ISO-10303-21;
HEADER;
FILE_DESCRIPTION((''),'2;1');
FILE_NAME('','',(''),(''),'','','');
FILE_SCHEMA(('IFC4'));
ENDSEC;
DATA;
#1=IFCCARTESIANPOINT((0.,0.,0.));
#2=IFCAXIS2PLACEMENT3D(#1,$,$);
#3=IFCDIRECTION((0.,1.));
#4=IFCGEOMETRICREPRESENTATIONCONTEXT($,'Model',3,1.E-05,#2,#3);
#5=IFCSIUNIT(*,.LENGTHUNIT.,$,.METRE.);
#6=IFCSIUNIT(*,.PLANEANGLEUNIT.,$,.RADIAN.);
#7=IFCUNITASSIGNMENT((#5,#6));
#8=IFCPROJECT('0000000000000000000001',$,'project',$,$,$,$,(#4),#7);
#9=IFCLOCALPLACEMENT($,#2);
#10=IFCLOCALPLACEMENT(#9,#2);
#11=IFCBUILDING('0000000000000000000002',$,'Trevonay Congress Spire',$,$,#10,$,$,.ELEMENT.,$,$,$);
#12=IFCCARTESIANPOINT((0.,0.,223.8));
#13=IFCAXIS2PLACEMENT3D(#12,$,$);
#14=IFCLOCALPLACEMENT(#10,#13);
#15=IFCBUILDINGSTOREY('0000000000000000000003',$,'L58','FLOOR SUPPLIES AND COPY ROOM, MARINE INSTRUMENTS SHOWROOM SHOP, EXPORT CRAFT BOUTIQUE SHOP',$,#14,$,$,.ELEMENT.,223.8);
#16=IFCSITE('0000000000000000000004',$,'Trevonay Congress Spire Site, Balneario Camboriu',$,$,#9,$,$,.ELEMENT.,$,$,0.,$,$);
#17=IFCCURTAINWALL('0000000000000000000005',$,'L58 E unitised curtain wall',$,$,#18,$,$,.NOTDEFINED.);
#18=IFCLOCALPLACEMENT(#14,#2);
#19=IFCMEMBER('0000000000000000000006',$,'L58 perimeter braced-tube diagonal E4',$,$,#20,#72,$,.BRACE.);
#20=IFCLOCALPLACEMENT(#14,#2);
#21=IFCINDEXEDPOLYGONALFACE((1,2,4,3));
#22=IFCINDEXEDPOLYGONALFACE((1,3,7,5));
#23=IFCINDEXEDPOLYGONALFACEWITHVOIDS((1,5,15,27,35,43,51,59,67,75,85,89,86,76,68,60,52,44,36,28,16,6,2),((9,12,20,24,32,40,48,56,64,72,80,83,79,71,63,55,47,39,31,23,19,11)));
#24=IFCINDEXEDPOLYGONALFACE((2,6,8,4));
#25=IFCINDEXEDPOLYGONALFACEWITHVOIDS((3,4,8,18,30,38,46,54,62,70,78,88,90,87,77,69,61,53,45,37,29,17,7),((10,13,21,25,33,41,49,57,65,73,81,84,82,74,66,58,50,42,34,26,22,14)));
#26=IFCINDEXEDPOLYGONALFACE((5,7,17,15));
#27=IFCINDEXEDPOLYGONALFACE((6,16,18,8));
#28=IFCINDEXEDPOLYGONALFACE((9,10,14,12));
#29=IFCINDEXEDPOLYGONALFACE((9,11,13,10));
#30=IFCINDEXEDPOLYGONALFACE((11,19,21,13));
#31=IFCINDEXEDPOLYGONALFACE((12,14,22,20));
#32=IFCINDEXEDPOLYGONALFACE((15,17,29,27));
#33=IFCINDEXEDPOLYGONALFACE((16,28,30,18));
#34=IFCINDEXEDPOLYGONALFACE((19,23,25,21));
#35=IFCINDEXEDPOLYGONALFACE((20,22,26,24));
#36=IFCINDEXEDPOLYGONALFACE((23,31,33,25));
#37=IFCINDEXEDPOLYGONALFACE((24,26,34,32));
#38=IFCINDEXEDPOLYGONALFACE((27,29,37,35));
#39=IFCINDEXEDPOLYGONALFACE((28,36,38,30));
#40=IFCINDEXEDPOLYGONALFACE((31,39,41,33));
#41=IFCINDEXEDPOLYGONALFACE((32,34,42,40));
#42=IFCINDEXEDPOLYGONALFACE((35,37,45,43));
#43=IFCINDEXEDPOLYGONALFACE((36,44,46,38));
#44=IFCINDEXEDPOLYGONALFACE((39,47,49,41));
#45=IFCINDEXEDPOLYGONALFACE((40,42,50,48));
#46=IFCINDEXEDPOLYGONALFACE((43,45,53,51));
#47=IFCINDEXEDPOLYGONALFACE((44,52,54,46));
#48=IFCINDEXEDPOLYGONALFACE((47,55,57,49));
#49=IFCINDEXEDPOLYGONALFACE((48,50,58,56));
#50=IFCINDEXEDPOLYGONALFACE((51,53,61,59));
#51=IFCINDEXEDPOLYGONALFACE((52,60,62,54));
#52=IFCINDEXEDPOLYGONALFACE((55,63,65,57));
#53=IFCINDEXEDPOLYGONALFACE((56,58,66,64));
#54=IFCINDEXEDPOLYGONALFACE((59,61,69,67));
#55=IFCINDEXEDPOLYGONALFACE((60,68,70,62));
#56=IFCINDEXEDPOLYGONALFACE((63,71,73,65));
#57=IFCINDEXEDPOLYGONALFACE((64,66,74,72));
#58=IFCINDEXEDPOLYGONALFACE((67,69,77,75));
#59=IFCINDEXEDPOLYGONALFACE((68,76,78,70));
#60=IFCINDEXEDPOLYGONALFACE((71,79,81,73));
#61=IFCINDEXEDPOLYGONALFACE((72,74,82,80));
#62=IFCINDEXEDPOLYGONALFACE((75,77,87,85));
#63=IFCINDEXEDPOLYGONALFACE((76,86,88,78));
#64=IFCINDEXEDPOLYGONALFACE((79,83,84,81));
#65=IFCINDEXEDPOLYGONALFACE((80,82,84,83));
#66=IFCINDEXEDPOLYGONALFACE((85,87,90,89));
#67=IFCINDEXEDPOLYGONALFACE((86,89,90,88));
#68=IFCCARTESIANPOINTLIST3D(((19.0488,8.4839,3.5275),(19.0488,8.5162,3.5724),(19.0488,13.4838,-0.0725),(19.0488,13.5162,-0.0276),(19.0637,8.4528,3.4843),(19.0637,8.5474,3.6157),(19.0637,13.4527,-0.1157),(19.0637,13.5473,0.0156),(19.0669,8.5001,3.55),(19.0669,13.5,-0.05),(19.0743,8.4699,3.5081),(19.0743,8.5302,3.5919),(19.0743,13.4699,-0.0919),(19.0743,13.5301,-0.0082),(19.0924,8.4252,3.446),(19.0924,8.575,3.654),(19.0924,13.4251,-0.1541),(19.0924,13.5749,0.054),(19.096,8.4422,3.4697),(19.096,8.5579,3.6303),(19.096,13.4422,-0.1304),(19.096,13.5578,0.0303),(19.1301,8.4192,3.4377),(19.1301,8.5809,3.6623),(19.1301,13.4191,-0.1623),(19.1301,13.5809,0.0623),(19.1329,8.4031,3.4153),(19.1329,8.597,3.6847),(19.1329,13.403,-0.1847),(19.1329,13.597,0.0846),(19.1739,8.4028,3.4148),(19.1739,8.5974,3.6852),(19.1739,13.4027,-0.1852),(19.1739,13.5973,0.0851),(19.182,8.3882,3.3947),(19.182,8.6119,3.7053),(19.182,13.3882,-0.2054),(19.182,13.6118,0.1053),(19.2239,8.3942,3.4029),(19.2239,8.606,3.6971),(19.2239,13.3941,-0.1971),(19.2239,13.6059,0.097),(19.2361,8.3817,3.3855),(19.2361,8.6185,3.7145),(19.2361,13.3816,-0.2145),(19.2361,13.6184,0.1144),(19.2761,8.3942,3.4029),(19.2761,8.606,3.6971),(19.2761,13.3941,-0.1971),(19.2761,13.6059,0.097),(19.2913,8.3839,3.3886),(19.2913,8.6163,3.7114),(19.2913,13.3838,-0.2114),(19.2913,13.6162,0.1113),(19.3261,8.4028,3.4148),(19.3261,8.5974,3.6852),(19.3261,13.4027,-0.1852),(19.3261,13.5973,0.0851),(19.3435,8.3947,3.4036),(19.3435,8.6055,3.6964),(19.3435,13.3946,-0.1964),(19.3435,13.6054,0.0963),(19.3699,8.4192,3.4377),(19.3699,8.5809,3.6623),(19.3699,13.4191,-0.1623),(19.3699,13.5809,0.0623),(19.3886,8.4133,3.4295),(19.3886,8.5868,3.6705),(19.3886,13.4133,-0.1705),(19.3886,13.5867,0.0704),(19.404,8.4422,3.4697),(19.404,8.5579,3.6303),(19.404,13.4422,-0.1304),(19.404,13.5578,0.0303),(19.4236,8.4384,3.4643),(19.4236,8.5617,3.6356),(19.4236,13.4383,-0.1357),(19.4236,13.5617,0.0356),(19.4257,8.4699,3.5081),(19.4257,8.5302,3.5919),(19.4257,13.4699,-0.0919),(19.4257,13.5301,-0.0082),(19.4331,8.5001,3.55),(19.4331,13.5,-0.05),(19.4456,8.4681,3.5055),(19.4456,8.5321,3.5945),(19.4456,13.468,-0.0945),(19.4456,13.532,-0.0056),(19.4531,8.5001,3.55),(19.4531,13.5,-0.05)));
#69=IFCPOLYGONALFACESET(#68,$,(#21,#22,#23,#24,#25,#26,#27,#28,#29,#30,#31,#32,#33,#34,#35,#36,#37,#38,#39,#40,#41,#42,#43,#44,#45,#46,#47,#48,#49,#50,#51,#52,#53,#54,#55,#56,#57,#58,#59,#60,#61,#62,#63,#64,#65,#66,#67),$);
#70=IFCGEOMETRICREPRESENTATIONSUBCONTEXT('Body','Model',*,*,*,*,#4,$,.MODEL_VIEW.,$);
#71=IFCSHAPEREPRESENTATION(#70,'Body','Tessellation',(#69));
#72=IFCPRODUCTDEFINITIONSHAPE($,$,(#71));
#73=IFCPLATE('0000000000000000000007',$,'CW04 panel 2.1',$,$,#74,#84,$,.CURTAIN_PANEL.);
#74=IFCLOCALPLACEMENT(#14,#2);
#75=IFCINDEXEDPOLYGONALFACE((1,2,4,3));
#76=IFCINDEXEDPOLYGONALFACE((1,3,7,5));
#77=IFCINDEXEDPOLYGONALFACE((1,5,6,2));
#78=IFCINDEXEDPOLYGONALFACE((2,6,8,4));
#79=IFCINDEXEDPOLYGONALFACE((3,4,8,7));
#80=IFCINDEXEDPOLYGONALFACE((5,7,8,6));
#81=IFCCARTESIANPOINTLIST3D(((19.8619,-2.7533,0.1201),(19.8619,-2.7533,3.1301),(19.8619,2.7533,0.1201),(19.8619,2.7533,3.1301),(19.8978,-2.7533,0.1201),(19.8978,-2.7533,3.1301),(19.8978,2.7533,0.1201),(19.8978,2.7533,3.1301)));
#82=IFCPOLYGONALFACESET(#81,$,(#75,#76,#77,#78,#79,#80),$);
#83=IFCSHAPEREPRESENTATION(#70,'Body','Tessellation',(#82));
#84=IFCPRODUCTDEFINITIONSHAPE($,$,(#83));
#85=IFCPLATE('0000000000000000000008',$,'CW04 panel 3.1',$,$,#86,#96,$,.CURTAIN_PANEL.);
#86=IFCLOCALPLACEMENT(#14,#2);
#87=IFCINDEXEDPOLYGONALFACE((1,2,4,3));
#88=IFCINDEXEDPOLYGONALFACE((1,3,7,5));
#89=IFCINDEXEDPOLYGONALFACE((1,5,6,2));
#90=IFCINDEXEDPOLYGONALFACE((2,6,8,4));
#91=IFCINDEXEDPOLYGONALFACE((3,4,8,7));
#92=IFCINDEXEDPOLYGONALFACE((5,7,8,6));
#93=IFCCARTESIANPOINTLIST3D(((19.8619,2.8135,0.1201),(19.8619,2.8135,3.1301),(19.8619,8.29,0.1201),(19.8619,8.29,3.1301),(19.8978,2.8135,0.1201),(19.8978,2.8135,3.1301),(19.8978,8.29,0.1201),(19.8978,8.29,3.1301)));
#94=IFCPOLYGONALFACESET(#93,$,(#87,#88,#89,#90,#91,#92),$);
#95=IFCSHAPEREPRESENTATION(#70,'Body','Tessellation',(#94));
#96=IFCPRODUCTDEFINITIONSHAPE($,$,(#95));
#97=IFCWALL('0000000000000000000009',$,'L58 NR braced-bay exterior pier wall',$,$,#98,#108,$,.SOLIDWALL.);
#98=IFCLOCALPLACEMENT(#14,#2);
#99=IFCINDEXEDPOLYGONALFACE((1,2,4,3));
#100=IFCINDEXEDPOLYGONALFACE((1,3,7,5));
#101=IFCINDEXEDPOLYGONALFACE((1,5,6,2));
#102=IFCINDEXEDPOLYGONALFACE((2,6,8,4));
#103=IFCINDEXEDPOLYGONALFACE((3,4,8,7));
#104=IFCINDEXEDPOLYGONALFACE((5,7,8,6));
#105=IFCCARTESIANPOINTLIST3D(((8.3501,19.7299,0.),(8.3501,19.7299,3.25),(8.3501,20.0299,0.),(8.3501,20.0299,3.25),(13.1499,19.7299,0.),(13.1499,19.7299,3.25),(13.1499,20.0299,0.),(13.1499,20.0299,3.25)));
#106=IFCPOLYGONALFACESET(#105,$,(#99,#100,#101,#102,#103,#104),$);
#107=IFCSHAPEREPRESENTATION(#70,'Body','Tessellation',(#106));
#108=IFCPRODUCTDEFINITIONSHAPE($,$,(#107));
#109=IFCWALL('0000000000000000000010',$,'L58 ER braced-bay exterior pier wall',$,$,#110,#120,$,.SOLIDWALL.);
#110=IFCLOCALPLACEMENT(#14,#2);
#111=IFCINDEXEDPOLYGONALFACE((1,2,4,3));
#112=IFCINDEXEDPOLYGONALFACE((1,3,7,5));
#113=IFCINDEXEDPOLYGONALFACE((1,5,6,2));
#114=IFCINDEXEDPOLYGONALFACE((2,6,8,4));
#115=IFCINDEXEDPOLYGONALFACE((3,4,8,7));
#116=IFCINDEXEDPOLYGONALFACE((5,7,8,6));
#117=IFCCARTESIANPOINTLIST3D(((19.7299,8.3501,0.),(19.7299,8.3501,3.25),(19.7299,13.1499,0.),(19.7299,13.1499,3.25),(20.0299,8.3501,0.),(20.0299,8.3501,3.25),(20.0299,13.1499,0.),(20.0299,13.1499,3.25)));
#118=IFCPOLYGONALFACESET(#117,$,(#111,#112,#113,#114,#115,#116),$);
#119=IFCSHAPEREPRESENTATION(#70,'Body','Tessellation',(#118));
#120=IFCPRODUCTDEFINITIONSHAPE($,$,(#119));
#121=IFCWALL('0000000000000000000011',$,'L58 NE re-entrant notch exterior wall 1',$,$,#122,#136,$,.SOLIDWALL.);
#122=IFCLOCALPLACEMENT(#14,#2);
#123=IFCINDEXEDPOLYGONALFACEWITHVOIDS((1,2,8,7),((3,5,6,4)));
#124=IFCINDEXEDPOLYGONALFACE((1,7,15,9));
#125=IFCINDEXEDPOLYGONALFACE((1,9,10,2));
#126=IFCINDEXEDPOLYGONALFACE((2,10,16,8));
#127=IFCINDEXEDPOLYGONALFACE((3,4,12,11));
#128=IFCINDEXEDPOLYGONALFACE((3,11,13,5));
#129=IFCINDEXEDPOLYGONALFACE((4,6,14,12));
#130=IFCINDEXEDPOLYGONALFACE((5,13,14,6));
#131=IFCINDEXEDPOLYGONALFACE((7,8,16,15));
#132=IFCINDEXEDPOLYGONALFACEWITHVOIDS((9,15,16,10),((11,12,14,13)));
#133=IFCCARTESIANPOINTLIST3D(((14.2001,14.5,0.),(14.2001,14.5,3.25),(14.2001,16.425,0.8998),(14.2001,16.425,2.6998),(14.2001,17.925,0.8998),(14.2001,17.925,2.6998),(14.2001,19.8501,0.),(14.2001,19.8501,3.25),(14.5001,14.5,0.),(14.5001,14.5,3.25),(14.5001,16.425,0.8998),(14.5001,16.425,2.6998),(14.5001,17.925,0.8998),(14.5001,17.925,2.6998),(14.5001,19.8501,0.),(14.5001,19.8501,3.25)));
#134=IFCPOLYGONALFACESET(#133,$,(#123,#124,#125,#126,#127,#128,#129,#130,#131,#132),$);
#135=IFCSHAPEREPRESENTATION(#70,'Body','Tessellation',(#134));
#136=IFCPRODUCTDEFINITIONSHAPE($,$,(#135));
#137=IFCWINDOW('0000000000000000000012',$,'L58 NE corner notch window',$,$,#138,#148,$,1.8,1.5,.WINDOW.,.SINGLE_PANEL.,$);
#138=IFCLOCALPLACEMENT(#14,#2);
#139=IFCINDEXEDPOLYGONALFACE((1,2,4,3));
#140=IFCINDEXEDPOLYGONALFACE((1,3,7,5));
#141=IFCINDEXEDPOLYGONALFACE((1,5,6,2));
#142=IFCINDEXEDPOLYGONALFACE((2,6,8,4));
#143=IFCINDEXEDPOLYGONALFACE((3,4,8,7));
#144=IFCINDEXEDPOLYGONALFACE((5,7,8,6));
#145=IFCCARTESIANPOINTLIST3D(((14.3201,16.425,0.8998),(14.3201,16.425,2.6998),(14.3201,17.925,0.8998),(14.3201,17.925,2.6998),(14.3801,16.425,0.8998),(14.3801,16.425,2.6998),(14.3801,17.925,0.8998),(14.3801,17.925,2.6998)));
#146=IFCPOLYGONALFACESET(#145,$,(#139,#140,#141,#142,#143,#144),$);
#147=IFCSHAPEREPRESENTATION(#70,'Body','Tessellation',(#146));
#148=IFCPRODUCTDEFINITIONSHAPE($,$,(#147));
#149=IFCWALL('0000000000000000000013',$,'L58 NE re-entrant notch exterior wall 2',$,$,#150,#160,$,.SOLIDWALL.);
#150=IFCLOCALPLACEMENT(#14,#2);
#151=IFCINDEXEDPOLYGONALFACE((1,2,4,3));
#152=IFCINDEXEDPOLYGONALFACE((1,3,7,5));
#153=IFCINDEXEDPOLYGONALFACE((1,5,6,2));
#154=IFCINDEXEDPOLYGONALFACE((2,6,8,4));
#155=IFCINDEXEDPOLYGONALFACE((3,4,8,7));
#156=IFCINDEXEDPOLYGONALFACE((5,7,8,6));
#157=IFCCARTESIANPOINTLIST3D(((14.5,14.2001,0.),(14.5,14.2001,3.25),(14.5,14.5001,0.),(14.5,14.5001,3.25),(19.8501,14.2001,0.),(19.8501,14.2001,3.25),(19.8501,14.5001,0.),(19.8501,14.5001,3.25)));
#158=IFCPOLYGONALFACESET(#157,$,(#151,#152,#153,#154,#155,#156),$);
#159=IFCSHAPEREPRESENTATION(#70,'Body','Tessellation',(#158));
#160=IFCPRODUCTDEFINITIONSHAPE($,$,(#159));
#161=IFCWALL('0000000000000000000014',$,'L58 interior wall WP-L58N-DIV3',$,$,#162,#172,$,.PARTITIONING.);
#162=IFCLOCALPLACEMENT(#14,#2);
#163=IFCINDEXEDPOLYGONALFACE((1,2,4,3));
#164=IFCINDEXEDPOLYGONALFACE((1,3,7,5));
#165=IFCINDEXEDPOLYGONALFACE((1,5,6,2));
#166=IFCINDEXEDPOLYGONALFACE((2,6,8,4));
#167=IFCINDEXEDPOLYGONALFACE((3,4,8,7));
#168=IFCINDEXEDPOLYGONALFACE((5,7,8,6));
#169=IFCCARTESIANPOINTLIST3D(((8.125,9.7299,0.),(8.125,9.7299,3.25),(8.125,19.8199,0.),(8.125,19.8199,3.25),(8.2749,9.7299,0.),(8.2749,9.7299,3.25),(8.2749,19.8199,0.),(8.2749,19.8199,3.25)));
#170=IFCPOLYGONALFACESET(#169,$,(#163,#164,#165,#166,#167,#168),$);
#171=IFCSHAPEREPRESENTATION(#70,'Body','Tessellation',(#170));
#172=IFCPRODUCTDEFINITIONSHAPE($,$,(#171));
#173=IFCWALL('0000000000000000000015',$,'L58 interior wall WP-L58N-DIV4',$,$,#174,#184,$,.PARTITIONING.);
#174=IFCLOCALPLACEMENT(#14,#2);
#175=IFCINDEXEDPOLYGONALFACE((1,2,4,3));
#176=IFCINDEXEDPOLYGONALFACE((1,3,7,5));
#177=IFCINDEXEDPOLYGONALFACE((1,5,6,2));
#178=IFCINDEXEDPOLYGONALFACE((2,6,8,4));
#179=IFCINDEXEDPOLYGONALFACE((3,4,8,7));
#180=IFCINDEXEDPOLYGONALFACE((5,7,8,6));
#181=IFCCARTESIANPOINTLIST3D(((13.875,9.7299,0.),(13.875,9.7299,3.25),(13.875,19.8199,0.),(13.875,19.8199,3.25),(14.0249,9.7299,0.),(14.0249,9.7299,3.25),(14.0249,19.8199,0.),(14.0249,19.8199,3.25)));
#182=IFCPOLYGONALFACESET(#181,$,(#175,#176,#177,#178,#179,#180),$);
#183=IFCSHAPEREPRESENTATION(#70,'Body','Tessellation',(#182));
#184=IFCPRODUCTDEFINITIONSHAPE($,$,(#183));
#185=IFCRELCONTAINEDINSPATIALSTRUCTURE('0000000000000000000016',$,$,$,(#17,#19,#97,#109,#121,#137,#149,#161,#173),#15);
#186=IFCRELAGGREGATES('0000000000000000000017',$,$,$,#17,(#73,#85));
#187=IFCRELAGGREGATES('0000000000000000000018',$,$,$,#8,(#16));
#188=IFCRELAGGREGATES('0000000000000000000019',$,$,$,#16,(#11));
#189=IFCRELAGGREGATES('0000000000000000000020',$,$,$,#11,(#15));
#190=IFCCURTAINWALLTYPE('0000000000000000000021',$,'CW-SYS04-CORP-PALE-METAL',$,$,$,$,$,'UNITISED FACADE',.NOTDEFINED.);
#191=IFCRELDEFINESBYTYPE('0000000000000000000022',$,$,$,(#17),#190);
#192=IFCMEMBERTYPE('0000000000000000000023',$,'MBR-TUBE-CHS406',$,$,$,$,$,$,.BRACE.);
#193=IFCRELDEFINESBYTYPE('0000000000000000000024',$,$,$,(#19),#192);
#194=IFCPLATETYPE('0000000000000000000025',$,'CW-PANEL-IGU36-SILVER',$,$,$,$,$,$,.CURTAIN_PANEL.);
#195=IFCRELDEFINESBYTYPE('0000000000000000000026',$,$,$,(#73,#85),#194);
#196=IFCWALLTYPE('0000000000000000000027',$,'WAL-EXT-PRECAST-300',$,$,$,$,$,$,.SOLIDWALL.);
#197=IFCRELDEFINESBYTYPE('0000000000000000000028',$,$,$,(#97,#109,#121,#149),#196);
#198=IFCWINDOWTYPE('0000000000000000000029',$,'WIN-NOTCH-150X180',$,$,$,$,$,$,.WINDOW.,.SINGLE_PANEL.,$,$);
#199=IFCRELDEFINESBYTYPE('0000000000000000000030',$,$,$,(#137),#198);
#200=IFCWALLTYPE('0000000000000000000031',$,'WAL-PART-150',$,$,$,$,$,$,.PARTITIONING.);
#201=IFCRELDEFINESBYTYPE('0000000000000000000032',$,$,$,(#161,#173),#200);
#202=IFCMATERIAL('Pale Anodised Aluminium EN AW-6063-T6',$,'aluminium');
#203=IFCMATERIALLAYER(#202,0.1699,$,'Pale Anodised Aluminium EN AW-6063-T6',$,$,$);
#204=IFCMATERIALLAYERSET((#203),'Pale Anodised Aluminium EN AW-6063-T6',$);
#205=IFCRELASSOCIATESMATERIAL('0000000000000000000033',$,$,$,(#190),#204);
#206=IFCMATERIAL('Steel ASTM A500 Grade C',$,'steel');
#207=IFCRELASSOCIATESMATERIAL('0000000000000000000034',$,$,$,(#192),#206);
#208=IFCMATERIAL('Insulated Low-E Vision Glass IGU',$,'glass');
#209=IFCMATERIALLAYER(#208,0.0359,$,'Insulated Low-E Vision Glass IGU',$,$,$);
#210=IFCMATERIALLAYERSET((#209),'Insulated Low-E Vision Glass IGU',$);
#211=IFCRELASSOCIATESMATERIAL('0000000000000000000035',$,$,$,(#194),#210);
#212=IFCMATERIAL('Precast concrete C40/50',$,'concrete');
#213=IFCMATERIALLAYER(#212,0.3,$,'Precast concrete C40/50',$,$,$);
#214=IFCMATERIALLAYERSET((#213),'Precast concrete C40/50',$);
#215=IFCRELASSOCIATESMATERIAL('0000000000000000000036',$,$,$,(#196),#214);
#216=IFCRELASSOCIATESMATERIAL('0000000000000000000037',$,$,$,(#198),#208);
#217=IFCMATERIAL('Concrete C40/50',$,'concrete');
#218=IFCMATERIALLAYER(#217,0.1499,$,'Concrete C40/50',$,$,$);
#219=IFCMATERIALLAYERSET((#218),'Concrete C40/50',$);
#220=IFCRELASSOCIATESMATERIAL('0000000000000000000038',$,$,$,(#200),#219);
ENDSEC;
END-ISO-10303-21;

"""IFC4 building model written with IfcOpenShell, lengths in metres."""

from ifc_helpers import new_model, si_unit, direction, frame, frame_2d, origin, origin_2d, place, context, subcontext, project, spatial, rectangle, hollow_circle, extrude, material, layer, layer_set, material_profile, profile_set, type_object, element, fill, aggregate, save


model = new_model("IFC4")

# Units and contexts
model_context = context("Model", 3, precision=1e-05, world=origin(), true_north=direction((0.0, 1.0)))
body_context = subcontext(model_context, "Body", "Model", "MODEL_VIEW")
ifc_project = project(units=[si_unit("LENGTHUNIT", "METRE"), si_unit("PLANEANGLEUNIT", "RADIAN")], contexts=[model_context])

# Site, building, storey
site_placement = place(None, origin())
site = spatial("IfcSite", under=ifc_project, at=site_placement, Name="Trevonay Congress Spire Site, Balneario Camboriu", CompositionType="ELEMENT", RefElevation=0.0)
building_placement = place(site_placement, origin())
building = spatial("IfcBuilding", under=site, at=building_placement, Name="Trevonay Congress Spire", CompositionType="ELEMENT")
storey_placement = place(building_placement, frame((0.0, 0.0, 223.8)))
storey = spatial("IfcBuildingStorey", under=building, at=storey_placement, Name="L58", Description="FLOOR SUPPLIES AND COPY ROOM, MARINE INSTRUMENTS SHOWROOM SHOP, EXPORT CRAFT BOUTIQUE SHOP", CompositionType="ELEMENT", Elevation=223.8)

# Shared definitions
ifc_material_1 = material(Name="Pale Anodised Aluminium EN AW-6063-T6", Category="aluminium")
ifc_layer_1 = layer(ifc_material_1, 0.1699, Name="Pale Anodised Aluminium EN AW-6063-T6")
ifc_layer_set_1 = layer_set([ifc_layer_1], Name="Pale Anodised Aluminium EN AW-6063-T6")
curtain_wall_type = type_object("IfcCurtainWallType", Name="CW-SYS04-CORP-PALE-METAL", ElementType="UNITISED FACADE", PredefinedType="NOTDEFINED", material=ifc_layer_set_1)

# Curtain wall
curtain_wall_1_placement = place(storey_placement, origin())
curtain_wall_1 = element("IfcCurtainWall", 1, at=curtain_wall_1_placement, inside=storey, type_object=curtain_wall_type, Name="L58 E unitised curtain wall", PredefinedType="NOTDEFINED")

# Member
ifc_material_2 = material(Name="Steel ASTM A500 Grade C", Category="steel")
ifc_material_profile_1 = material_profile(ifc_material_2, hollow_circle(Radius=0.2031, WallThickness=0.02, at=origin_2d()), Name="CHS 406.4x20")
ifc_profile_set_1 = profile_set([ifc_material_profile_1], Name="Steel ASTM A500 Grade C")
member_type_1 = type_object("IfcMemberType", Name="MBR-TUBE-CHS406", PredefinedType="BRACE", material=ifc_profile_set_1)
for number, where, z_axis, x_axis, name in (
    (2, (19.25, 13.5, -0.05), (0.0, -0.811527, 0.584315), (1.0, 0.0, 0.0), "L58 perimeter braced-tube diagonal E4"),
):
    element("IfcMember", number, at=place(storey_placement, frame(where, z_axis=z_axis, x_axis=x_axis)), inside=storey, type_object=member_type_1, Name=name, PredefinedType="BRACE", context=body_context, shape_type="SweptSolid", body=[
        extrude(hollow_circle(Radius=0.2031, WallThickness=0.02, at=origin_2d()), origin(), (0.0, 0.0, 1.0), 6.1611),
    ])

# Plates
ifc_material_3 = material(Name="Insulated Low-E Vision Glass IGU", Category="glass")
ifc_layer_2 = layer(ifc_material_3, 0.0359, Name="Insulated Low-E Vision Glass IGU")
ifc_layer_set_2 = layer_set([ifc_layer_2], Name="Insulated Low-E Vision Glass IGU")
plate_type = type_object("IfcPlateType", Name="CW-PANEL-IGU36-SILVER", PredefinedType="CURTAIN_PANEL", material=ifc_layer_set_2)
plate_1_placement = place(storey_placement, frame((19.8799, 0.0, 0.1201), z_axis=(0.0, 0.0, 1.0), x_axis=(0.0, 1.0, 0.0)))
plate_1 = element("IfcPlate", 3, at=plate_1_placement, type_object=plate_type, Name="CW04 panel 2.1", PredefinedType="CURTAIN_PANEL", context=body_context, shape_type="SweptSolid", body=[
    extrude(rectangle(XDim=5.5066, YDim=0.0359, at=origin_2d()), origin(), (0.0, 0.0, 1.0), 3.01),
])
plate_2_placement = place(storey_placement, frame((19.8799, 5.5518, 0.1201), z_axis=(0.0, 0.0, 1.0), x_axis=(0.0, 1.0, 0.0)))
plate_2 = element("IfcPlate", 4, at=plate_2_placement, type_object=plate_type, Name="CW04 panel 3.1", PredefinedType="CURTAIN_PANEL", context=body_context, shape_type="SweptSolid", body=[
    extrude(rectangle(XDim=5.4766, YDim=0.0359, at=origin_2d()), origin(), (0.0, 0.0, 1.0), 3.01),
])
aggregate(curtain_wall_1, [plate_1, plate_2])

# Walls
ifc_material_4 = material(Name="Precast concrete C40/50", Category="concrete")
ifc_layer_3 = layer(ifc_material_4, 0.3, Name="Precast concrete C40/50")
ifc_layer_set_3 = layer_set([ifc_layer_3], Name="Precast concrete C40/50")
wall_type_1 = type_object("IfcWallType", Name="WAL-EXT-PRECAST-300", PredefinedType="SOLIDWALL", material=ifc_layer_set_3)
for number, where, z_axis, x_axis, name in (
    (5, (8.3501, 19.8799, 0.0), (0.0, 0.0, 1.0), (1.0, 0.0, 0.0), "L58 NR braced-bay exterior pier wall"),
    (6, (19.8799, 8.3501, 0.0), (0.0, 0.0, 1.0), (0.0, 1.0, 0.0), "L58 ER braced-bay exterior pier wall"),
):
    element("IfcWall", number, at=place(storey_placement, frame(where, z_axis=z_axis, x_axis=x_axis)), inside=storey, type_object=wall_type_1, Name=name, PredefinedType="SOLIDWALL", context=body_context, shape_type="SweptSolid", body=[
        extrude(rectangle(XDim=4.7998, YDim=0.3, at=frame_2d((2.3999, 0.0))), origin(), (0.0, 0.0, 1.0), 3.25),
    ])

# Wall, opening, window
wall_1_placement = place(storey_placement, frame((14.3501, 19.8501, 0.0), z_axis=(0.0, 0.0, 1.0), x_axis=(0.0, -1.0, 0.0)))
wall_1 = element("IfcWall", 7, at=wall_1_placement, inside=storey, type_object=wall_type_1, Name="L58 NE re-entrant notch exterior wall 1", PredefinedType="SOLIDWALL", context=body_context, shape_type="SweptSolid", body=[
    extrude(rectangle(XDim=5.3501, YDim=0.3, at=frame_2d((2.675, 0.0))), origin(), (0.0, 0.0, 1.0), 3.25),
])
opening_placement = place(wall_1_placement, frame((1.925, 0.0, 0.8999)))
opening = element("IfcOpeningElement", 8, at=opening_placement, cuts=wall_1, PredefinedType="OPENING", context=body_context, shape_type="SweptSolid", body=[
    extrude(rectangle(XDim=1.5, YDim=1.8, at=frame_2d((0.75, 0.8999))), frame((0.0, 0.1602, 0.0), z_axis=(0.0, -1.0, 0.0), x_axis=(1.0, 0.0, 0.0)), (0.0, 0.0, 1.0), 0.3201),
])
window_type = type_object("IfcWindowType", Name="WIN-NOTCH-150X180", PartitioningType="SINGLE_PANEL", PredefinedType="WINDOW", material=ifc_material_3)
window_placement = place(opening_placement, origin())
window = element("IfcWindow", 9, at=window_placement, inside=storey, type_object=window_type, Name="L58 NE corner notch window", OverallHeight=1.8, OverallWidth=1.5, PartitioningType="SINGLE_PANEL", PredefinedType="WINDOW", context=body_context, shape_type="SweptSolid", body=[
    extrude(rectangle(XDim=1.5, YDim=1.8, at=frame_2d((0.75, 0.8999))), frame((0.0, 0.03, 0.0), z_axis=(0.0, -1.0, 0.0), x_axis=(1.0, 0.0, 0.0)), (0.0, 0.0, 1.0), 0.0601),
])
fill(opening, window)

# Walls
wall_2_placement = place(storey_placement, frame((19.8501, 14.3501, 0.0), z_axis=(0.0, 0.0, 1.0), x_axis=(-1.0, 0.0, 0.0)))
element("IfcWall", 10, at=wall_2_placement, inside=storey, type_object=wall_type_1, Name="L58 NE re-entrant notch exterior wall 2", PredefinedType="SOLIDWALL", context=body_context, shape_type="SweptSolid", body=[
    extrude(rectangle(XDim=5.3501, YDim=0.3, at=frame_2d((2.675, 0.0))), origin(), (0.0, 0.0, 1.0), 3.25),
])
ifc_material_5 = material(Name="Concrete C40/50", Category="concrete")
ifc_layer_4 = layer(ifc_material_5, 0.1499, Name="Concrete C40/50")
ifc_layer_set_4 = layer_set([ifc_layer_4], Name="Concrete C40/50")
wall_type_2 = type_object("IfcWallType", Name="WAL-PART-150", PredefinedType="PARTITIONING", material=ifc_layer_set_4)
for number, where, z_axis, x_axis, name in (
    (11, (8.2, 9.73, 0.0), (0.0, 0.0, 1.0), (0.0, 1.0, 0.0), "L58 interior wall WP-L58N-DIV3"),
    (12, (13.95, 9.73, 0.0), (0.0, 0.0, 1.0), (0.0, 1.0, 0.0), "L58 interior wall WP-L58N-DIV4"),
):
    element("IfcWall", number, at=place(storey_placement, frame(where, z_axis=z_axis, x_axis=x_axis)), inside=storey, type_object=wall_type_2, Name=name, PredefinedType="PARTITIONING", context=body_context, shape_type="SweptSolid", body=[
        extrude(rectangle(XDim=10.0901, YDim=0.1499, at=frame_2d((5.0449, 0.0))), origin(), (0.0, 0.0, 1.0), 3.25),
    ])

save(model, "model.ifc")
